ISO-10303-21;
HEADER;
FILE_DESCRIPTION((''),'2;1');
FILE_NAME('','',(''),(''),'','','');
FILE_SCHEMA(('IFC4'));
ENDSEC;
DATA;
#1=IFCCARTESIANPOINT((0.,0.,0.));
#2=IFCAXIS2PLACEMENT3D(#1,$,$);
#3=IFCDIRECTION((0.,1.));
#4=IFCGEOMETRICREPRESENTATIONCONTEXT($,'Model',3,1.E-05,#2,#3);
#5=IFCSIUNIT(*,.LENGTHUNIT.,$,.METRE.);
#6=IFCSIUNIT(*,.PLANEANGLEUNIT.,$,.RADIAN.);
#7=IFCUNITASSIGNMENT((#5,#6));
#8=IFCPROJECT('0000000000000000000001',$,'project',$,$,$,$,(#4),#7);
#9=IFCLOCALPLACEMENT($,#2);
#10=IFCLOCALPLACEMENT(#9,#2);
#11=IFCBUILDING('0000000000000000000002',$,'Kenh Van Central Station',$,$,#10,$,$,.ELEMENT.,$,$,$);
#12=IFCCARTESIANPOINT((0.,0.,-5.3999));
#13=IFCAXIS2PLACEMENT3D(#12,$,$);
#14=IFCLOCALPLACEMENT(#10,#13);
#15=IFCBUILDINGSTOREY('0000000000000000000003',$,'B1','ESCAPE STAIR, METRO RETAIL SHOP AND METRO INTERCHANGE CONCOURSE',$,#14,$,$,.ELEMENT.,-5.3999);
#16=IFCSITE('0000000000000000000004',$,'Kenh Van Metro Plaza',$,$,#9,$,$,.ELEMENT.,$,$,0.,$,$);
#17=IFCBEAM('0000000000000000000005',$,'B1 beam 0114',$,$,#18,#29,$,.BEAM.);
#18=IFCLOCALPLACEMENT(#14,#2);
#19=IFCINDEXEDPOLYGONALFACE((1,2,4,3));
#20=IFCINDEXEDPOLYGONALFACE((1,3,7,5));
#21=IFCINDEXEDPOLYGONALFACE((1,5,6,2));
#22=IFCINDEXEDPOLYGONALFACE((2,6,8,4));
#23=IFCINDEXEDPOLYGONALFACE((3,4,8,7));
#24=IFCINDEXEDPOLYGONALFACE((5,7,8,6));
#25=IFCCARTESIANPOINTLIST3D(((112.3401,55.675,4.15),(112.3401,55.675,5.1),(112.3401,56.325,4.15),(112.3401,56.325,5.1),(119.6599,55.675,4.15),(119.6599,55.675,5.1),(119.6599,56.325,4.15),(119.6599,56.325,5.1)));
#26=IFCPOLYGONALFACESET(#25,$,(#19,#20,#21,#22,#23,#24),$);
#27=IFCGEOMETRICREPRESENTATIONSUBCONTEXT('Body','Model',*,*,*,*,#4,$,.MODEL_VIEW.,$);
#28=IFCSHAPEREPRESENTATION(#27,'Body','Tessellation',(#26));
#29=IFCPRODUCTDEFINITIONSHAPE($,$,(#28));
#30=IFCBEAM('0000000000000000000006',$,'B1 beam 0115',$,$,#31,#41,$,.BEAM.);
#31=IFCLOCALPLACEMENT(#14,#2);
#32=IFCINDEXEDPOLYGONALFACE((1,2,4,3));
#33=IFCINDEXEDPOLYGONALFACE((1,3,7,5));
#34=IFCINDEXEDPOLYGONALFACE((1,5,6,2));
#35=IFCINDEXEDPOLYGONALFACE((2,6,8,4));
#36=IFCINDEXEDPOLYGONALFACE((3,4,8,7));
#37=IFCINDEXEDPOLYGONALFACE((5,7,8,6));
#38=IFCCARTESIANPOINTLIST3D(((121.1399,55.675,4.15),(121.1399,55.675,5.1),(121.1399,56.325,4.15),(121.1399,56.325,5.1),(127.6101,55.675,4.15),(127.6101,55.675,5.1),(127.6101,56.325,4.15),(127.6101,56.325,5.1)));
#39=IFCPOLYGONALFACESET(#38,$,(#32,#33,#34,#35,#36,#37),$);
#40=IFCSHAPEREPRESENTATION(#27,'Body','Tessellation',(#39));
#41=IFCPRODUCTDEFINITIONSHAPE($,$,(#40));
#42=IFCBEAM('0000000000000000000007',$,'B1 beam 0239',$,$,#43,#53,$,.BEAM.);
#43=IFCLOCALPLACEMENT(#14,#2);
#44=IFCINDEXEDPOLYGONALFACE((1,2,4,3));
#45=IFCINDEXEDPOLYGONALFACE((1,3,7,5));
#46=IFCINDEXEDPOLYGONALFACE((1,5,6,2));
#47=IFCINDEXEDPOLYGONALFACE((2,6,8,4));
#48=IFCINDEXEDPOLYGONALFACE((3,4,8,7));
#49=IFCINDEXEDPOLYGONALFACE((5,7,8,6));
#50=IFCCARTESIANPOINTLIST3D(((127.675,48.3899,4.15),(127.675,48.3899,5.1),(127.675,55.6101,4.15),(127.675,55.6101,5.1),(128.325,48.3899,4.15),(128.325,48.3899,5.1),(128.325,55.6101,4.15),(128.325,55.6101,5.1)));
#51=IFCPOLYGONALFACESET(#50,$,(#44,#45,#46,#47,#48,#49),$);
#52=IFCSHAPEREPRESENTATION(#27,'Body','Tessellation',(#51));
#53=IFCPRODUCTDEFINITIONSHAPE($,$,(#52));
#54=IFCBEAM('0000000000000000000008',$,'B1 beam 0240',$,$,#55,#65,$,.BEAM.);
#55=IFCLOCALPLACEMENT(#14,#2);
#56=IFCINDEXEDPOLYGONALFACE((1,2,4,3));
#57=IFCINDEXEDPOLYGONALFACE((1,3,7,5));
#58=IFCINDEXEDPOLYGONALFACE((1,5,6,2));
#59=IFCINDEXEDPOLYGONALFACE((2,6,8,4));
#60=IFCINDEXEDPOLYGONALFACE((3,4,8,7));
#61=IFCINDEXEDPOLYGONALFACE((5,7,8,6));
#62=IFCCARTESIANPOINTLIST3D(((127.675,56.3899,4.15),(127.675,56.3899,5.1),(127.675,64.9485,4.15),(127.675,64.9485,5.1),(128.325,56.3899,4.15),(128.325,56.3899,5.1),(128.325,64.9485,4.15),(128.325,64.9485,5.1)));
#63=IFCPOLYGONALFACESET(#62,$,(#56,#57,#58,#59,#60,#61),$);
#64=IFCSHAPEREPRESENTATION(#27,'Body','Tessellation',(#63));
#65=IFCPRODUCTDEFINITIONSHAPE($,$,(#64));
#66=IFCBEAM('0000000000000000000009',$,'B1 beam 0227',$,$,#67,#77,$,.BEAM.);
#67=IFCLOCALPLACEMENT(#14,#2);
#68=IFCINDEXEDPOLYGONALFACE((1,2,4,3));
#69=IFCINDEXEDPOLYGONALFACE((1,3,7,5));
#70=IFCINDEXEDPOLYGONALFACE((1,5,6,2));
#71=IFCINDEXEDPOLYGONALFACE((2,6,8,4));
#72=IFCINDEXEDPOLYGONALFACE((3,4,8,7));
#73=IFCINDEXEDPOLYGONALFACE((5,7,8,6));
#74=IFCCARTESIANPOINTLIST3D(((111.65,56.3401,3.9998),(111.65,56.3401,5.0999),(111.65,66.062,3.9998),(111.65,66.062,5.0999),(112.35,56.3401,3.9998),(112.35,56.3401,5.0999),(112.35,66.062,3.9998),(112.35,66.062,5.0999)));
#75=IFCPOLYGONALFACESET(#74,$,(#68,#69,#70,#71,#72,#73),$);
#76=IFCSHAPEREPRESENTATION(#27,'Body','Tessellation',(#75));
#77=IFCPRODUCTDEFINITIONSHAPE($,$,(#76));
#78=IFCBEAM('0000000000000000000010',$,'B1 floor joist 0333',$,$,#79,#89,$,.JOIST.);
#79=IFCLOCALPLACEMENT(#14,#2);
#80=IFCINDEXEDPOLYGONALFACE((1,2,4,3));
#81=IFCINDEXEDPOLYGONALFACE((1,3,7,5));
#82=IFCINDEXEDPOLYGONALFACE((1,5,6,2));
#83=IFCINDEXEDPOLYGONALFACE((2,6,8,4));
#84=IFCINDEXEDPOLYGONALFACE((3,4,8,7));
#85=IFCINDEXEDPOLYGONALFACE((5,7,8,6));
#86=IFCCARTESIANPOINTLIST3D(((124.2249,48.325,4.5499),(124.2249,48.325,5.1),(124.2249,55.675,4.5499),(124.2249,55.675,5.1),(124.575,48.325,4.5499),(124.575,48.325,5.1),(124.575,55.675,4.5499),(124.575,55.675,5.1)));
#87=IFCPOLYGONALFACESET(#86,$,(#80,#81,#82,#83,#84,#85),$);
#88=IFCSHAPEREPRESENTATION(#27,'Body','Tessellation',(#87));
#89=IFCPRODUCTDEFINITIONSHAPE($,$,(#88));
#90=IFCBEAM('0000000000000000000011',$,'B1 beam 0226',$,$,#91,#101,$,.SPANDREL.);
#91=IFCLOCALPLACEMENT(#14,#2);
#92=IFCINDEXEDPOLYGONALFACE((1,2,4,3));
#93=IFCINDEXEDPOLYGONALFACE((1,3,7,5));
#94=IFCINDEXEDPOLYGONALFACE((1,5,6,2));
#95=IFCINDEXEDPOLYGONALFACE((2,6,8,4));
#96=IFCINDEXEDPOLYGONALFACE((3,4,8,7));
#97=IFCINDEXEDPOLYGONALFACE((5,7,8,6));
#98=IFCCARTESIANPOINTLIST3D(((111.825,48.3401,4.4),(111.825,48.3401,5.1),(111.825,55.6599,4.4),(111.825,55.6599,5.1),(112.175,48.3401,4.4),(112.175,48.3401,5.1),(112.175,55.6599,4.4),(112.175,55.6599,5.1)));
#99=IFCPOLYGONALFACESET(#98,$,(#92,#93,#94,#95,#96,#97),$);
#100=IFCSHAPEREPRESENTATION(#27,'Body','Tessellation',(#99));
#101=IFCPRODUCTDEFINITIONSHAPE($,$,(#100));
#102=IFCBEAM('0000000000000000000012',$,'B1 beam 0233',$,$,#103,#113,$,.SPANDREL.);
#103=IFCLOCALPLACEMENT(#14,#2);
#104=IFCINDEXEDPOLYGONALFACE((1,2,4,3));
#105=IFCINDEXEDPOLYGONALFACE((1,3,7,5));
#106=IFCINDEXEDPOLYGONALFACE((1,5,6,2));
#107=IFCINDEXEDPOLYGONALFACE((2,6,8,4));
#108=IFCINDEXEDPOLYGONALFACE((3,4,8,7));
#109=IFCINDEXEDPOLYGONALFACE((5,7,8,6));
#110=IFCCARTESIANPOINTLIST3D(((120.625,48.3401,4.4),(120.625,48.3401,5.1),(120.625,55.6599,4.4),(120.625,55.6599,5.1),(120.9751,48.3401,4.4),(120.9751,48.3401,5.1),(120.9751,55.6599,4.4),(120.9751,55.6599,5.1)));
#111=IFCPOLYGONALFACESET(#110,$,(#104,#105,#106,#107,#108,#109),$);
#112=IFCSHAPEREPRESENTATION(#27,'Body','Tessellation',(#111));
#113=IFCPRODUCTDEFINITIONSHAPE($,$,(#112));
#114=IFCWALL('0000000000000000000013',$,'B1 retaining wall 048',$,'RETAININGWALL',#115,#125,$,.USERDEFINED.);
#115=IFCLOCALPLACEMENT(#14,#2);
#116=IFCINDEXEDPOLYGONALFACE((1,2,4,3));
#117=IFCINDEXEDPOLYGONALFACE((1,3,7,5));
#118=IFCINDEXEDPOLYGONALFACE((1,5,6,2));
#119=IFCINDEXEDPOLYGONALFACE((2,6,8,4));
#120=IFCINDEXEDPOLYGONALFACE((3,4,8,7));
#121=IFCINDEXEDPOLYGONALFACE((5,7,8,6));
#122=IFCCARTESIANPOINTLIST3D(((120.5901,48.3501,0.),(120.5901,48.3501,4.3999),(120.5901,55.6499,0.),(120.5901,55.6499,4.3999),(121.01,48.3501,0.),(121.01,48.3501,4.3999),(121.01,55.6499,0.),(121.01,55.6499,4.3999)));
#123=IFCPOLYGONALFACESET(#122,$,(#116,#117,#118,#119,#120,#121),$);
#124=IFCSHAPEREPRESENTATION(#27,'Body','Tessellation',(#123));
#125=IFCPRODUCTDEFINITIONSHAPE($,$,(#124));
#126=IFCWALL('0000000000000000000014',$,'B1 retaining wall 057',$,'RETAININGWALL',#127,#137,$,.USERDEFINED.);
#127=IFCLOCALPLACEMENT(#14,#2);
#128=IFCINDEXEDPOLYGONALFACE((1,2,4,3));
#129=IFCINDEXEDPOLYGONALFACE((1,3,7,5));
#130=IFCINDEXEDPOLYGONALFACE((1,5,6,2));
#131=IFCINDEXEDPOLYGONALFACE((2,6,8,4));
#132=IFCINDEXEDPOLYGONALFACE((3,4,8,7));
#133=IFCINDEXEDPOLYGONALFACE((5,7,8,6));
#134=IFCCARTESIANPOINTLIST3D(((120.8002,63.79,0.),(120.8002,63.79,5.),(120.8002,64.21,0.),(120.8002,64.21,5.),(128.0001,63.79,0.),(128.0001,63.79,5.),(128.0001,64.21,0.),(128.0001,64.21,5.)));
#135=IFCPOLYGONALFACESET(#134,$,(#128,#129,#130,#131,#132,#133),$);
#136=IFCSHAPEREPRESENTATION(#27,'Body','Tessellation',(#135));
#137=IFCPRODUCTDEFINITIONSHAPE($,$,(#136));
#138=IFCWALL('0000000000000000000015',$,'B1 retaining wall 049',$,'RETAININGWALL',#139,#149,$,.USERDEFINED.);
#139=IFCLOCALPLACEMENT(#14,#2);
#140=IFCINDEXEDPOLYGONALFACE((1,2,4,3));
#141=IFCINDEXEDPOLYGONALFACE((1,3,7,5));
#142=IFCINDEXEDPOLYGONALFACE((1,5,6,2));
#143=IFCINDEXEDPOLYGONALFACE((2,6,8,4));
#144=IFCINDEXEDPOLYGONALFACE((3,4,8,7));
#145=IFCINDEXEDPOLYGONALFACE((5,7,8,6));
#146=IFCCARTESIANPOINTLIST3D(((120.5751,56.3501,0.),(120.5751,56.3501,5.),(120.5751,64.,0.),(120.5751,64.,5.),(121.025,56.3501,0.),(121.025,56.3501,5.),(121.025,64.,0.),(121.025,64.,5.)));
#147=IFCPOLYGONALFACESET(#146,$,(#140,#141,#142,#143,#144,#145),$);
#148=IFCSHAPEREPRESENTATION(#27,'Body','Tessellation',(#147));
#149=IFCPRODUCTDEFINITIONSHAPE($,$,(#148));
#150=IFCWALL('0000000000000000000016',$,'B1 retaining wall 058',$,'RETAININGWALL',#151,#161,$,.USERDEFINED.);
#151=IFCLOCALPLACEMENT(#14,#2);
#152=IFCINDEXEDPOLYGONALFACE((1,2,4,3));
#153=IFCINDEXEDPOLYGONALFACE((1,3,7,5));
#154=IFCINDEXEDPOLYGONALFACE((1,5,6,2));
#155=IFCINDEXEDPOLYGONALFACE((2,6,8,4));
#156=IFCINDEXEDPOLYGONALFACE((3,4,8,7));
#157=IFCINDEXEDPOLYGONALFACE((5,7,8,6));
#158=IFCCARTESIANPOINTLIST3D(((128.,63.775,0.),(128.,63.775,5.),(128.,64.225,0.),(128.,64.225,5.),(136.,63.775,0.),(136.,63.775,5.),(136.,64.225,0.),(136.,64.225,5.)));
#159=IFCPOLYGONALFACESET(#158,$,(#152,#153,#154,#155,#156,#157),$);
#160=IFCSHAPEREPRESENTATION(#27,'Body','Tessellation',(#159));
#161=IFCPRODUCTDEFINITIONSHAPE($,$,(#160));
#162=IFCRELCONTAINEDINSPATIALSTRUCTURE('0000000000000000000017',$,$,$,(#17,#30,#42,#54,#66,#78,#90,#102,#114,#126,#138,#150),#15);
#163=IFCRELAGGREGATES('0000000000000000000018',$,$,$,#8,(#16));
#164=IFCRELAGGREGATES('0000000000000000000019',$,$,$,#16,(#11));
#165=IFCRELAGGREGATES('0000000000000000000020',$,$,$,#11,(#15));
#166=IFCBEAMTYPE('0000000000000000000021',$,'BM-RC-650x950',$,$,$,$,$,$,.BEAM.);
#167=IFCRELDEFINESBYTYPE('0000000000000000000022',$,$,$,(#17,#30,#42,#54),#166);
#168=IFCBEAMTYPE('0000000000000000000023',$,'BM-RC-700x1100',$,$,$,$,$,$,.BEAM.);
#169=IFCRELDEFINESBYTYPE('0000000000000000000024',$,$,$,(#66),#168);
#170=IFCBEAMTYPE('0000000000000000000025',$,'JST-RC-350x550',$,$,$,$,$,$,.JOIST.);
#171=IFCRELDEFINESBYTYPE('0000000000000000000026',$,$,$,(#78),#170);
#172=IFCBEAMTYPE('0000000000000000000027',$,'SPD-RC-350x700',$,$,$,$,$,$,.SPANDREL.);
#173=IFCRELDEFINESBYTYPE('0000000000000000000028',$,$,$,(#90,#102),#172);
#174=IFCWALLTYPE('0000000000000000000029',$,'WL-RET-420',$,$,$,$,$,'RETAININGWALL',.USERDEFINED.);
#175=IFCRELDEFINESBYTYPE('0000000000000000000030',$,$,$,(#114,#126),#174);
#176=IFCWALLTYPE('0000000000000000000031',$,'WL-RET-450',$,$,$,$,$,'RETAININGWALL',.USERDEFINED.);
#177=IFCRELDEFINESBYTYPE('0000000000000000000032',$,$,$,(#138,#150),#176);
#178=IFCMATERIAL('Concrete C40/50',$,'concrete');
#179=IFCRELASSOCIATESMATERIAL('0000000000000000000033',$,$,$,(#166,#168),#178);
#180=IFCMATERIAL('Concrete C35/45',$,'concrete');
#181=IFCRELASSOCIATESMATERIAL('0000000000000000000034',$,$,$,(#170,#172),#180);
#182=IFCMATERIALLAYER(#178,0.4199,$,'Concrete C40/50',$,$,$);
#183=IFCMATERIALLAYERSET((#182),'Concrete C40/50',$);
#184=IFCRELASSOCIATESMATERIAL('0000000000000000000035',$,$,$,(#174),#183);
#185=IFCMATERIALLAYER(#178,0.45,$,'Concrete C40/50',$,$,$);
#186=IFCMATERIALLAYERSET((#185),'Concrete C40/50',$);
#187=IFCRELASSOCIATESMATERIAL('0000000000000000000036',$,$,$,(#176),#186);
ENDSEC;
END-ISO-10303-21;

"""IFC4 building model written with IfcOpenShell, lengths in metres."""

from ifc_helpers import new_model, si_unit, direction, frame, frame_2d, origin, origin_2d, place, context, subcontext, project, spatial, rectangle, extrude, material, layer, layer_set, material_profile, profile_set, type_object, element, save


model = new_model("IFC4")

# Units and contexts
model_context = context("Model", 3, precision=1e-05, world=origin(), true_north=direction((0.0, 1.0)))
body_context = subcontext(model_context, "Body", "Model", "MODEL_VIEW")
ifc_project = project(units=[si_unit("LENGTHUNIT", "METRE"), si_unit("PLANEANGLEUNIT", "RADIAN")], contexts=[model_context])

# Site, building, storey
site_placement = place(None, origin())
site = spatial("IfcSite", under=ifc_project, at=site_placement, Name="Kenh Van Metro Plaza", CompositionType="ELEMENT", RefElevation=0.0)
building_placement = place(site_placement, origin())
building = spatial("IfcBuilding", under=site, at=building_placement, Name="Kenh Van Central Station", CompositionType="ELEMENT")
storey_placement = place(building_placement, frame((0.0, 0.0, -5.3999)))
storey = spatial("IfcBuildingStorey", under=building, at=storey_placement, Name="B1", Description="ESCAPE STAIR, METRO RETAIL SHOP AND METRO INTERCHANGE CONCOURSE", CompositionType="ELEMENT", Elevation=-5.3999)

# Shared definitions
ifc_material_1 = material(Name="Concrete C40/50", Category="concrete")

# Beams
ifc_material_profile_1 = material_profile(ifc_material_1, rectangle(XDim=0.6499, YDim=0.95, at=origin_2d()), Name="RC 650x950")
ifc_profile_set_1 = profile_set([ifc_material_profile_1], Name="Concrete C40/50")
beam_type_1 = type_object("IfcBeamType", Name="BM-RC-650x950", PredefinedType="BEAM", material=ifc_profile_set_1)
beam_1_placement = place(storey_placement, frame((112.3401, 56.0, 4.625), z_axis=(1.0, 0.0, 0.0), x_axis=(0.0, 1.0, 0.0)))
element("IfcBeam", 1, at=beam_1_placement, inside=storey, type_object=beam_type_1, Name="B1 beam 0114", PredefinedType="BEAM", context=body_context, shape_type="SweptSolid", body=[
    extrude(rectangle(XDim=0.6499, YDim=0.95, at=origin_2d()), origin(), (0.0, 0.0, 1.0), 7.3198),
])
beam_2_placement = place(storey_placement, frame((121.1399, 56.0, 4.625), z_axis=(1.0, 0.0, 0.0), x_axis=(0.0, 1.0, 0.0)))
element("IfcBeam", 2, at=beam_2_placement, inside=storey, type_object=beam_type_1, Name="B1 beam 0115", PredefinedType="BEAM", context=body_context, shape_type="SweptSolid", body=[
    extrude(rectangle(XDim=0.6499, YDim=0.95, at=origin_2d()), origin(), (0.0, 0.0, 1.0), 6.4702),
])
beam_3_placement = place(storey_placement, frame((128.0, 48.3899, 4.625), z_axis=(0.0, 1.0, 0.0), x_axis=(-1.0, 0.0, 0.0)))
element("IfcBeam", 3, at=beam_3_placement, inside=storey, type_object=beam_type_1, Name="B1 beam 0239", PredefinedType="BEAM", context=body_context, shape_type="SweptSolid", body=[
    extrude(rectangle(XDim=0.6499, YDim=0.95, at=origin_2d()), origin(), (0.0, 0.0, 1.0), 7.2202),
])
beam_4_placement = place(storey_placement, frame((128.0, 56.3899, 4.625), z_axis=(0.0, 1.0, 0.0), x_axis=(-1.0, 0.0, 0.0)))
element("IfcBeam", 4, at=beam_4_placement, inside=storey, type_object=beam_type_1, Name="B1 beam 0240", PredefinedType="BEAM", context=body_context, shape_type="SweptSolid", body=[
    extrude(rectangle(XDim=0.6499, YDim=0.95, at=origin_2d()), origin(), (0.0, 0.0, 1.0), 8.5586),
])
ifc_material_profile_2 = material_profile(ifc_material_1, rectangle(XDim=0.7, YDim=1.1001, at=origin_2d()), Name="RC 700x1100")
ifc_profile_set_2 = profile_set([ifc_material_profile_2], Name="Concrete C40/50")
beam_type_2 = type_object("IfcBeamType", Name="BM-RC-700x1100", PredefinedType="BEAM", material=ifc_profile_set_2)
beam_5_placement = place(storey_placement, frame((112.0, 56.3401, 4.5498), z_axis=(0.0, 1.0, 0.0), x_axis=(-1.0, 0.0, 0.0)))
element("IfcBeam", 5, at=beam_5_placement, inside=storey, type_object=beam_type_2, Name="B1 beam 0227", PredefinedType="BEAM", context=body_context, shape_type="SweptSolid", body=[
    extrude(rectangle(XDim=0.7, YDim=1.1001, at=origin_2d()), origin(), (0.0, 0.0, 1.0), 9.7219),
])
ifc_material_2 = material(Name="Concrete C35/45", Category="concrete")
ifc_material_profile_3 = material_profile(ifc_material_2, rectangle(XDim=0.3501, YDim=0.55, at=origin_2d()), Name="RC 350x550")
ifc_profile_set_3 = profile_set([ifc_material_profile_3], Name="Concrete C35/45")
beam_type_3 = type_object("IfcBeamType", Name="JST-RC-350x550", PredefinedType="JOIST", material=ifc_profile_set_3)
beam_6_placement = place(storey_placement, frame((124.3999, 48.325, 4.825), z_axis=(0.0, 1.0, 0.0), x_axis=(-1.0, 0.0, 0.0)))
element("IfcBeam", 6, at=beam_6_placement, inside=storey, type_object=beam_type_3, Name="B1 floor joist 0333", PredefinedType="JOIST", context=body_context, shape_type="SweptSolid", body=[
    extrude(rectangle(XDim=0.3501, YDim=0.55, at=origin_2d()), origin(), (0.0, 0.0, 1.0), 7.3501),
])
ifc_material_profile_4 = material_profile(ifc_material_2, rectangle(XDim=0.3501, YDim=0.7, at=origin_2d()), Name="RC 350x700")
ifc_profile_set_4 = profile_set([ifc_material_profile_4], Name="Concrete C35/45")
beam_type_4 = type_object("IfcBeamType", Name="SPD-RC-350x700", PredefinedType="SPANDREL", material=ifc_profile_set_4)
for number, where, z_axis, x_axis, name in (
    (7, (112.0, 48.3401, 4.75), (0.0, 1.0, 0.0), (-1.0, 0.0, 0.0), "B1 beam 0226"),
    (8, (120.8, 48.3401, 4.75), (0.0, 1.0, 0.0), (-1.0, 0.0, 0.0), "B1 beam 0233"),
):
    element("IfcBeam", number, at=place(storey_placement, frame(where, z_axis=z_axis, x_axis=x_axis)), inside=storey, type_object=beam_type_4, Name=name, PredefinedType="SPANDREL", context=body_context, shape_type="SweptSolid", body=[
        extrude(rectangle(XDim=0.3501, YDim=0.7, at=origin_2d()), origin(), (0.0, 0.0, 1.0), 7.3198),
    ])

# Walls
ifc_layer_1 = layer(ifc_material_1, 0.4199, Name="Concrete C40/50")
ifc_layer_set_1 = layer_set([ifc_layer_1], Name="Concrete C40/50")
wall_type_1 = type_object("IfcWallType", Name="WL-RET-420", ElementType="RETAININGWALL", PredefinedType="USERDEFINED", material=ifc_layer_set_1)
wall_1_placement = place(storey_placement, frame((120.8, 48.3501, 0.0), z_axis=(0.0, 0.0, 1.0), x_axis=(0.0, 1.0, 0.0)))
element("IfcWall", 9, at=wall_1_placement, inside=storey, type_object=wall_type_1, Name="B1 retaining wall 048", ObjectType="RETAININGWALL", PredefinedType="USERDEFINED", context=body_context, shape_type="SweptSolid", body=[
    extrude(rectangle(XDim=7.2998, YDim=0.4199, at=frame_2d((3.6499, 0.0))), origin(), (0.0, 0.0, 1.0), 4.3999),
])
wall_2_placement = place(storey_placement, frame((120.8, 64.0, 0.0), z_axis=(0.0, 0.0, 1.0), x_axis=(1.0, 0.0, 0.0)))
element("IfcWall", 10, at=wall_2_placement, inside=storey, type_object=wall_type_1, Name="B1 retaining wall 057", ObjectType="RETAININGWALL", PredefinedType="USERDEFINED", context=body_context, shape_type="SweptSolid", body=[
    extrude(rectangle(XDim=7.2, YDim=0.4199, at=frame_2d((3.6001, 0.0))), origin(), (0.0, 0.0, 1.0), 5.0),
])
ifc_layer_2 = layer(ifc_material_1, 0.45, Name="Concrete C40/50")
ifc_layer_set_2 = layer_set([ifc_layer_2], Name="Concrete C40/50")
wall_type_2 = type_object("IfcWallType", Name="WL-RET-450", ElementType="RETAININGWALL", PredefinedType="USERDEFINED", material=ifc_layer_set_2)
wall_3_placement = place(storey_placement, frame((120.8, 56.3501, 0.0), z_axis=(0.0, 0.0, 1.0), x_axis=(0.0, 1.0, 0.0)))
element("IfcWall", 11, at=wall_3_placement, inside=storey, type_object=wall_type_2, Name="B1 retaining wall 049", ObjectType="RETAININGWALL", PredefinedType="USERDEFINED", context=body_context, shape_type="SweptSolid", body=[
    extrude(rectangle(XDim=7.6499, YDim=0.45, at=frame_2d((3.825, 0.0))), origin(), (0.0, 0.0, 1.0), 5.0),
])
wall_4_placement = place(storey_placement, frame((128.0, 64.0, 0.0), z_axis=(0.0, 0.0, 1.0), x_axis=(1.0, 0.0, 0.0)))
element("IfcWall", 12, at=wall_4_placement, inside=storey, type_object=wall_type_2, Name="B1 retaining wall 058", ObjectType="RETAININGWALL", PredefinedType="USERDEFINED", context=body_context, shape_type="SweptSolid", body=[
    extrude(rectangle(XDim=8.0, YDim=0.45, at=frame_2d((4.0, 0.0))), origin(), (0.0, 0.0, 1.0), 5.0),
])

save(model, "model.ifc")
